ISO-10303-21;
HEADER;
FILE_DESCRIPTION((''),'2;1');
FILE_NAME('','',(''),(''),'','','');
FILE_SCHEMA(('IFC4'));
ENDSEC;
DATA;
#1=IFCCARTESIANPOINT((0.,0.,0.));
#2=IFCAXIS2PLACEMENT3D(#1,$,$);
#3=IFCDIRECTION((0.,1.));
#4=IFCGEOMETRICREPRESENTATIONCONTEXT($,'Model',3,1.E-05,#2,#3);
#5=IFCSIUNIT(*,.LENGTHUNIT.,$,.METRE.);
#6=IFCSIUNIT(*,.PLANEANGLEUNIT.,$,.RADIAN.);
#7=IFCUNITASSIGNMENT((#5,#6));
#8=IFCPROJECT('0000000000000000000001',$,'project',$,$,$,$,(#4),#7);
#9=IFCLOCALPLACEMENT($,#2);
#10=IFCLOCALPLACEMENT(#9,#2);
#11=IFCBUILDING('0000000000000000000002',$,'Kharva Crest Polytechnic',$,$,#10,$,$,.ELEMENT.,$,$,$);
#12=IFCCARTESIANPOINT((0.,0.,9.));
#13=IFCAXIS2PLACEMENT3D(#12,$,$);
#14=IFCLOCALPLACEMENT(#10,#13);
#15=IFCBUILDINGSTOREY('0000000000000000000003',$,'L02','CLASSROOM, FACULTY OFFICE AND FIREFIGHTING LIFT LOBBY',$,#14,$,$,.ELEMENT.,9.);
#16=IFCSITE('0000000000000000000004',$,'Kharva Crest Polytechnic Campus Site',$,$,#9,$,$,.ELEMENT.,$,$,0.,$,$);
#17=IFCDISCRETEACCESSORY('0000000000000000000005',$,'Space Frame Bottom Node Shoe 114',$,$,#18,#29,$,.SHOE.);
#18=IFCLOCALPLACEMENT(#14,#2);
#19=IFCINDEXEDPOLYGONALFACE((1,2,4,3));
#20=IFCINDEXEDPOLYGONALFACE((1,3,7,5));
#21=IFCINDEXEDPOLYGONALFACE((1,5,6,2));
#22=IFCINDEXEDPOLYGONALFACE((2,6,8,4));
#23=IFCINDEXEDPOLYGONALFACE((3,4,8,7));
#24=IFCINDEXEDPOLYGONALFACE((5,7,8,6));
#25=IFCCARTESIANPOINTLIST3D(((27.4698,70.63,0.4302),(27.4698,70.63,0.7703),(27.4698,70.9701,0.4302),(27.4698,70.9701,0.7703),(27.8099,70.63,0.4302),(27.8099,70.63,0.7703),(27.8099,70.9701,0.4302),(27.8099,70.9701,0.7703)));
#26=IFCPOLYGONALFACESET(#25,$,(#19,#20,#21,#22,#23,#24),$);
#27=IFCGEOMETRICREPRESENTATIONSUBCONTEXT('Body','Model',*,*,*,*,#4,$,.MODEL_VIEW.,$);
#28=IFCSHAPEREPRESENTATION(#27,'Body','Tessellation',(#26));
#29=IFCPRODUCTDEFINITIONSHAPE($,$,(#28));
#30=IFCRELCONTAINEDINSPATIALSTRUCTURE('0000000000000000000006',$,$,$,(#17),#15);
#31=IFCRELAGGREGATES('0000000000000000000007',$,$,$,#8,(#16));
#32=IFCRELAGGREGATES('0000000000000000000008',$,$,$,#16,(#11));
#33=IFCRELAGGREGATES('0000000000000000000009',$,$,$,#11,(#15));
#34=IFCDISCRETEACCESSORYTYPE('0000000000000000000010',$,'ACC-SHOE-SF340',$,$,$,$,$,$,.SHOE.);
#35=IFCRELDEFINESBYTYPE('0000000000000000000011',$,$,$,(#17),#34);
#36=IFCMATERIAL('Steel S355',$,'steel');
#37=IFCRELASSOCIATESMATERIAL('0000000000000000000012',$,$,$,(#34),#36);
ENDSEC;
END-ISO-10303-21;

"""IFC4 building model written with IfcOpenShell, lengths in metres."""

from ifc_helpers import new_model, si_unit, direction, frame, origin, origin_2d, place, context, subcontext, project, spatial, rectangle, extrude, material, type_object, element, save


model = new_model("IFC4")

# Units and contexts
model_context = context("Model", 3, precision=1e-05, world=origin(), true_north=direction((0.0, 1.0)))
body_context = subcontext(model_context, "Body", "Model", "MODEL_VIEW")
ifc_project = project(units=[si_unit("LENGTHUNIT", "METRE"), si_unit("PLANEANGLEUNIT", "RADIAN")], contexts=[model_context])

# Site, building, storey
site_placement = place(None, origin())
site = spatial("IfcSite", under=ifc_project, at=site_placement, Name="Kharva Crest Polytechnic Campus Site", CompositionType="ELEMENT", RefElevation=0.0)
building_placement = place(site_placement, origin())
building = spatial("IfcBuilding", under=site, at=building_placement, Name="Kharva Crest Polytechnic", CompositionType="ELEMENT")
storey_placement = place(building_placement, frame((0.0, 0.0, 9.0)))
storey = spatial("IfcBuildingStorey", under=building, at=storey_placement, Name="L02", Description="CLASSROOM, FACULTY OFFICE AND FIREFIGHTING LIFT LOBBY", CompositionType="ELEMENT", Elevation=9.0)

# Shared definitions
ifc_material_1 = material(Name="Steel S355", Category="steel")

# Discrete accessory
discrete_accessory_type_1 = type_object("IfcDiscreteAccessoryType", Name="ACC-SHOE-SF340", PredefinedType="SHOE", material=ifc_material_1)
discrete_accessory_placement = place(storey_placement, frame((27.6399, 70.8, 0.4302), z_axis=(0.0, 0.0, 1.0), x_axis=(1.0, 0.0, 0.0)))
element("IfcDiscreteAccessory", 1, at=discrete_accessory_placement, inside=storey, type_object=discrete_accessory_type_1, Name="Space Frame Bottom Node Shoe 114", PredefinedType="SHOE", context=body_context, shape_type="SweptSolid", body=[
    extrude(rectangle(XDim=0.3401, YDim=0.3401, at=origin_2d()), origin(), (0.0, 0.0, 1.0), 0.3401),
])

save(model, "model.ifc")
